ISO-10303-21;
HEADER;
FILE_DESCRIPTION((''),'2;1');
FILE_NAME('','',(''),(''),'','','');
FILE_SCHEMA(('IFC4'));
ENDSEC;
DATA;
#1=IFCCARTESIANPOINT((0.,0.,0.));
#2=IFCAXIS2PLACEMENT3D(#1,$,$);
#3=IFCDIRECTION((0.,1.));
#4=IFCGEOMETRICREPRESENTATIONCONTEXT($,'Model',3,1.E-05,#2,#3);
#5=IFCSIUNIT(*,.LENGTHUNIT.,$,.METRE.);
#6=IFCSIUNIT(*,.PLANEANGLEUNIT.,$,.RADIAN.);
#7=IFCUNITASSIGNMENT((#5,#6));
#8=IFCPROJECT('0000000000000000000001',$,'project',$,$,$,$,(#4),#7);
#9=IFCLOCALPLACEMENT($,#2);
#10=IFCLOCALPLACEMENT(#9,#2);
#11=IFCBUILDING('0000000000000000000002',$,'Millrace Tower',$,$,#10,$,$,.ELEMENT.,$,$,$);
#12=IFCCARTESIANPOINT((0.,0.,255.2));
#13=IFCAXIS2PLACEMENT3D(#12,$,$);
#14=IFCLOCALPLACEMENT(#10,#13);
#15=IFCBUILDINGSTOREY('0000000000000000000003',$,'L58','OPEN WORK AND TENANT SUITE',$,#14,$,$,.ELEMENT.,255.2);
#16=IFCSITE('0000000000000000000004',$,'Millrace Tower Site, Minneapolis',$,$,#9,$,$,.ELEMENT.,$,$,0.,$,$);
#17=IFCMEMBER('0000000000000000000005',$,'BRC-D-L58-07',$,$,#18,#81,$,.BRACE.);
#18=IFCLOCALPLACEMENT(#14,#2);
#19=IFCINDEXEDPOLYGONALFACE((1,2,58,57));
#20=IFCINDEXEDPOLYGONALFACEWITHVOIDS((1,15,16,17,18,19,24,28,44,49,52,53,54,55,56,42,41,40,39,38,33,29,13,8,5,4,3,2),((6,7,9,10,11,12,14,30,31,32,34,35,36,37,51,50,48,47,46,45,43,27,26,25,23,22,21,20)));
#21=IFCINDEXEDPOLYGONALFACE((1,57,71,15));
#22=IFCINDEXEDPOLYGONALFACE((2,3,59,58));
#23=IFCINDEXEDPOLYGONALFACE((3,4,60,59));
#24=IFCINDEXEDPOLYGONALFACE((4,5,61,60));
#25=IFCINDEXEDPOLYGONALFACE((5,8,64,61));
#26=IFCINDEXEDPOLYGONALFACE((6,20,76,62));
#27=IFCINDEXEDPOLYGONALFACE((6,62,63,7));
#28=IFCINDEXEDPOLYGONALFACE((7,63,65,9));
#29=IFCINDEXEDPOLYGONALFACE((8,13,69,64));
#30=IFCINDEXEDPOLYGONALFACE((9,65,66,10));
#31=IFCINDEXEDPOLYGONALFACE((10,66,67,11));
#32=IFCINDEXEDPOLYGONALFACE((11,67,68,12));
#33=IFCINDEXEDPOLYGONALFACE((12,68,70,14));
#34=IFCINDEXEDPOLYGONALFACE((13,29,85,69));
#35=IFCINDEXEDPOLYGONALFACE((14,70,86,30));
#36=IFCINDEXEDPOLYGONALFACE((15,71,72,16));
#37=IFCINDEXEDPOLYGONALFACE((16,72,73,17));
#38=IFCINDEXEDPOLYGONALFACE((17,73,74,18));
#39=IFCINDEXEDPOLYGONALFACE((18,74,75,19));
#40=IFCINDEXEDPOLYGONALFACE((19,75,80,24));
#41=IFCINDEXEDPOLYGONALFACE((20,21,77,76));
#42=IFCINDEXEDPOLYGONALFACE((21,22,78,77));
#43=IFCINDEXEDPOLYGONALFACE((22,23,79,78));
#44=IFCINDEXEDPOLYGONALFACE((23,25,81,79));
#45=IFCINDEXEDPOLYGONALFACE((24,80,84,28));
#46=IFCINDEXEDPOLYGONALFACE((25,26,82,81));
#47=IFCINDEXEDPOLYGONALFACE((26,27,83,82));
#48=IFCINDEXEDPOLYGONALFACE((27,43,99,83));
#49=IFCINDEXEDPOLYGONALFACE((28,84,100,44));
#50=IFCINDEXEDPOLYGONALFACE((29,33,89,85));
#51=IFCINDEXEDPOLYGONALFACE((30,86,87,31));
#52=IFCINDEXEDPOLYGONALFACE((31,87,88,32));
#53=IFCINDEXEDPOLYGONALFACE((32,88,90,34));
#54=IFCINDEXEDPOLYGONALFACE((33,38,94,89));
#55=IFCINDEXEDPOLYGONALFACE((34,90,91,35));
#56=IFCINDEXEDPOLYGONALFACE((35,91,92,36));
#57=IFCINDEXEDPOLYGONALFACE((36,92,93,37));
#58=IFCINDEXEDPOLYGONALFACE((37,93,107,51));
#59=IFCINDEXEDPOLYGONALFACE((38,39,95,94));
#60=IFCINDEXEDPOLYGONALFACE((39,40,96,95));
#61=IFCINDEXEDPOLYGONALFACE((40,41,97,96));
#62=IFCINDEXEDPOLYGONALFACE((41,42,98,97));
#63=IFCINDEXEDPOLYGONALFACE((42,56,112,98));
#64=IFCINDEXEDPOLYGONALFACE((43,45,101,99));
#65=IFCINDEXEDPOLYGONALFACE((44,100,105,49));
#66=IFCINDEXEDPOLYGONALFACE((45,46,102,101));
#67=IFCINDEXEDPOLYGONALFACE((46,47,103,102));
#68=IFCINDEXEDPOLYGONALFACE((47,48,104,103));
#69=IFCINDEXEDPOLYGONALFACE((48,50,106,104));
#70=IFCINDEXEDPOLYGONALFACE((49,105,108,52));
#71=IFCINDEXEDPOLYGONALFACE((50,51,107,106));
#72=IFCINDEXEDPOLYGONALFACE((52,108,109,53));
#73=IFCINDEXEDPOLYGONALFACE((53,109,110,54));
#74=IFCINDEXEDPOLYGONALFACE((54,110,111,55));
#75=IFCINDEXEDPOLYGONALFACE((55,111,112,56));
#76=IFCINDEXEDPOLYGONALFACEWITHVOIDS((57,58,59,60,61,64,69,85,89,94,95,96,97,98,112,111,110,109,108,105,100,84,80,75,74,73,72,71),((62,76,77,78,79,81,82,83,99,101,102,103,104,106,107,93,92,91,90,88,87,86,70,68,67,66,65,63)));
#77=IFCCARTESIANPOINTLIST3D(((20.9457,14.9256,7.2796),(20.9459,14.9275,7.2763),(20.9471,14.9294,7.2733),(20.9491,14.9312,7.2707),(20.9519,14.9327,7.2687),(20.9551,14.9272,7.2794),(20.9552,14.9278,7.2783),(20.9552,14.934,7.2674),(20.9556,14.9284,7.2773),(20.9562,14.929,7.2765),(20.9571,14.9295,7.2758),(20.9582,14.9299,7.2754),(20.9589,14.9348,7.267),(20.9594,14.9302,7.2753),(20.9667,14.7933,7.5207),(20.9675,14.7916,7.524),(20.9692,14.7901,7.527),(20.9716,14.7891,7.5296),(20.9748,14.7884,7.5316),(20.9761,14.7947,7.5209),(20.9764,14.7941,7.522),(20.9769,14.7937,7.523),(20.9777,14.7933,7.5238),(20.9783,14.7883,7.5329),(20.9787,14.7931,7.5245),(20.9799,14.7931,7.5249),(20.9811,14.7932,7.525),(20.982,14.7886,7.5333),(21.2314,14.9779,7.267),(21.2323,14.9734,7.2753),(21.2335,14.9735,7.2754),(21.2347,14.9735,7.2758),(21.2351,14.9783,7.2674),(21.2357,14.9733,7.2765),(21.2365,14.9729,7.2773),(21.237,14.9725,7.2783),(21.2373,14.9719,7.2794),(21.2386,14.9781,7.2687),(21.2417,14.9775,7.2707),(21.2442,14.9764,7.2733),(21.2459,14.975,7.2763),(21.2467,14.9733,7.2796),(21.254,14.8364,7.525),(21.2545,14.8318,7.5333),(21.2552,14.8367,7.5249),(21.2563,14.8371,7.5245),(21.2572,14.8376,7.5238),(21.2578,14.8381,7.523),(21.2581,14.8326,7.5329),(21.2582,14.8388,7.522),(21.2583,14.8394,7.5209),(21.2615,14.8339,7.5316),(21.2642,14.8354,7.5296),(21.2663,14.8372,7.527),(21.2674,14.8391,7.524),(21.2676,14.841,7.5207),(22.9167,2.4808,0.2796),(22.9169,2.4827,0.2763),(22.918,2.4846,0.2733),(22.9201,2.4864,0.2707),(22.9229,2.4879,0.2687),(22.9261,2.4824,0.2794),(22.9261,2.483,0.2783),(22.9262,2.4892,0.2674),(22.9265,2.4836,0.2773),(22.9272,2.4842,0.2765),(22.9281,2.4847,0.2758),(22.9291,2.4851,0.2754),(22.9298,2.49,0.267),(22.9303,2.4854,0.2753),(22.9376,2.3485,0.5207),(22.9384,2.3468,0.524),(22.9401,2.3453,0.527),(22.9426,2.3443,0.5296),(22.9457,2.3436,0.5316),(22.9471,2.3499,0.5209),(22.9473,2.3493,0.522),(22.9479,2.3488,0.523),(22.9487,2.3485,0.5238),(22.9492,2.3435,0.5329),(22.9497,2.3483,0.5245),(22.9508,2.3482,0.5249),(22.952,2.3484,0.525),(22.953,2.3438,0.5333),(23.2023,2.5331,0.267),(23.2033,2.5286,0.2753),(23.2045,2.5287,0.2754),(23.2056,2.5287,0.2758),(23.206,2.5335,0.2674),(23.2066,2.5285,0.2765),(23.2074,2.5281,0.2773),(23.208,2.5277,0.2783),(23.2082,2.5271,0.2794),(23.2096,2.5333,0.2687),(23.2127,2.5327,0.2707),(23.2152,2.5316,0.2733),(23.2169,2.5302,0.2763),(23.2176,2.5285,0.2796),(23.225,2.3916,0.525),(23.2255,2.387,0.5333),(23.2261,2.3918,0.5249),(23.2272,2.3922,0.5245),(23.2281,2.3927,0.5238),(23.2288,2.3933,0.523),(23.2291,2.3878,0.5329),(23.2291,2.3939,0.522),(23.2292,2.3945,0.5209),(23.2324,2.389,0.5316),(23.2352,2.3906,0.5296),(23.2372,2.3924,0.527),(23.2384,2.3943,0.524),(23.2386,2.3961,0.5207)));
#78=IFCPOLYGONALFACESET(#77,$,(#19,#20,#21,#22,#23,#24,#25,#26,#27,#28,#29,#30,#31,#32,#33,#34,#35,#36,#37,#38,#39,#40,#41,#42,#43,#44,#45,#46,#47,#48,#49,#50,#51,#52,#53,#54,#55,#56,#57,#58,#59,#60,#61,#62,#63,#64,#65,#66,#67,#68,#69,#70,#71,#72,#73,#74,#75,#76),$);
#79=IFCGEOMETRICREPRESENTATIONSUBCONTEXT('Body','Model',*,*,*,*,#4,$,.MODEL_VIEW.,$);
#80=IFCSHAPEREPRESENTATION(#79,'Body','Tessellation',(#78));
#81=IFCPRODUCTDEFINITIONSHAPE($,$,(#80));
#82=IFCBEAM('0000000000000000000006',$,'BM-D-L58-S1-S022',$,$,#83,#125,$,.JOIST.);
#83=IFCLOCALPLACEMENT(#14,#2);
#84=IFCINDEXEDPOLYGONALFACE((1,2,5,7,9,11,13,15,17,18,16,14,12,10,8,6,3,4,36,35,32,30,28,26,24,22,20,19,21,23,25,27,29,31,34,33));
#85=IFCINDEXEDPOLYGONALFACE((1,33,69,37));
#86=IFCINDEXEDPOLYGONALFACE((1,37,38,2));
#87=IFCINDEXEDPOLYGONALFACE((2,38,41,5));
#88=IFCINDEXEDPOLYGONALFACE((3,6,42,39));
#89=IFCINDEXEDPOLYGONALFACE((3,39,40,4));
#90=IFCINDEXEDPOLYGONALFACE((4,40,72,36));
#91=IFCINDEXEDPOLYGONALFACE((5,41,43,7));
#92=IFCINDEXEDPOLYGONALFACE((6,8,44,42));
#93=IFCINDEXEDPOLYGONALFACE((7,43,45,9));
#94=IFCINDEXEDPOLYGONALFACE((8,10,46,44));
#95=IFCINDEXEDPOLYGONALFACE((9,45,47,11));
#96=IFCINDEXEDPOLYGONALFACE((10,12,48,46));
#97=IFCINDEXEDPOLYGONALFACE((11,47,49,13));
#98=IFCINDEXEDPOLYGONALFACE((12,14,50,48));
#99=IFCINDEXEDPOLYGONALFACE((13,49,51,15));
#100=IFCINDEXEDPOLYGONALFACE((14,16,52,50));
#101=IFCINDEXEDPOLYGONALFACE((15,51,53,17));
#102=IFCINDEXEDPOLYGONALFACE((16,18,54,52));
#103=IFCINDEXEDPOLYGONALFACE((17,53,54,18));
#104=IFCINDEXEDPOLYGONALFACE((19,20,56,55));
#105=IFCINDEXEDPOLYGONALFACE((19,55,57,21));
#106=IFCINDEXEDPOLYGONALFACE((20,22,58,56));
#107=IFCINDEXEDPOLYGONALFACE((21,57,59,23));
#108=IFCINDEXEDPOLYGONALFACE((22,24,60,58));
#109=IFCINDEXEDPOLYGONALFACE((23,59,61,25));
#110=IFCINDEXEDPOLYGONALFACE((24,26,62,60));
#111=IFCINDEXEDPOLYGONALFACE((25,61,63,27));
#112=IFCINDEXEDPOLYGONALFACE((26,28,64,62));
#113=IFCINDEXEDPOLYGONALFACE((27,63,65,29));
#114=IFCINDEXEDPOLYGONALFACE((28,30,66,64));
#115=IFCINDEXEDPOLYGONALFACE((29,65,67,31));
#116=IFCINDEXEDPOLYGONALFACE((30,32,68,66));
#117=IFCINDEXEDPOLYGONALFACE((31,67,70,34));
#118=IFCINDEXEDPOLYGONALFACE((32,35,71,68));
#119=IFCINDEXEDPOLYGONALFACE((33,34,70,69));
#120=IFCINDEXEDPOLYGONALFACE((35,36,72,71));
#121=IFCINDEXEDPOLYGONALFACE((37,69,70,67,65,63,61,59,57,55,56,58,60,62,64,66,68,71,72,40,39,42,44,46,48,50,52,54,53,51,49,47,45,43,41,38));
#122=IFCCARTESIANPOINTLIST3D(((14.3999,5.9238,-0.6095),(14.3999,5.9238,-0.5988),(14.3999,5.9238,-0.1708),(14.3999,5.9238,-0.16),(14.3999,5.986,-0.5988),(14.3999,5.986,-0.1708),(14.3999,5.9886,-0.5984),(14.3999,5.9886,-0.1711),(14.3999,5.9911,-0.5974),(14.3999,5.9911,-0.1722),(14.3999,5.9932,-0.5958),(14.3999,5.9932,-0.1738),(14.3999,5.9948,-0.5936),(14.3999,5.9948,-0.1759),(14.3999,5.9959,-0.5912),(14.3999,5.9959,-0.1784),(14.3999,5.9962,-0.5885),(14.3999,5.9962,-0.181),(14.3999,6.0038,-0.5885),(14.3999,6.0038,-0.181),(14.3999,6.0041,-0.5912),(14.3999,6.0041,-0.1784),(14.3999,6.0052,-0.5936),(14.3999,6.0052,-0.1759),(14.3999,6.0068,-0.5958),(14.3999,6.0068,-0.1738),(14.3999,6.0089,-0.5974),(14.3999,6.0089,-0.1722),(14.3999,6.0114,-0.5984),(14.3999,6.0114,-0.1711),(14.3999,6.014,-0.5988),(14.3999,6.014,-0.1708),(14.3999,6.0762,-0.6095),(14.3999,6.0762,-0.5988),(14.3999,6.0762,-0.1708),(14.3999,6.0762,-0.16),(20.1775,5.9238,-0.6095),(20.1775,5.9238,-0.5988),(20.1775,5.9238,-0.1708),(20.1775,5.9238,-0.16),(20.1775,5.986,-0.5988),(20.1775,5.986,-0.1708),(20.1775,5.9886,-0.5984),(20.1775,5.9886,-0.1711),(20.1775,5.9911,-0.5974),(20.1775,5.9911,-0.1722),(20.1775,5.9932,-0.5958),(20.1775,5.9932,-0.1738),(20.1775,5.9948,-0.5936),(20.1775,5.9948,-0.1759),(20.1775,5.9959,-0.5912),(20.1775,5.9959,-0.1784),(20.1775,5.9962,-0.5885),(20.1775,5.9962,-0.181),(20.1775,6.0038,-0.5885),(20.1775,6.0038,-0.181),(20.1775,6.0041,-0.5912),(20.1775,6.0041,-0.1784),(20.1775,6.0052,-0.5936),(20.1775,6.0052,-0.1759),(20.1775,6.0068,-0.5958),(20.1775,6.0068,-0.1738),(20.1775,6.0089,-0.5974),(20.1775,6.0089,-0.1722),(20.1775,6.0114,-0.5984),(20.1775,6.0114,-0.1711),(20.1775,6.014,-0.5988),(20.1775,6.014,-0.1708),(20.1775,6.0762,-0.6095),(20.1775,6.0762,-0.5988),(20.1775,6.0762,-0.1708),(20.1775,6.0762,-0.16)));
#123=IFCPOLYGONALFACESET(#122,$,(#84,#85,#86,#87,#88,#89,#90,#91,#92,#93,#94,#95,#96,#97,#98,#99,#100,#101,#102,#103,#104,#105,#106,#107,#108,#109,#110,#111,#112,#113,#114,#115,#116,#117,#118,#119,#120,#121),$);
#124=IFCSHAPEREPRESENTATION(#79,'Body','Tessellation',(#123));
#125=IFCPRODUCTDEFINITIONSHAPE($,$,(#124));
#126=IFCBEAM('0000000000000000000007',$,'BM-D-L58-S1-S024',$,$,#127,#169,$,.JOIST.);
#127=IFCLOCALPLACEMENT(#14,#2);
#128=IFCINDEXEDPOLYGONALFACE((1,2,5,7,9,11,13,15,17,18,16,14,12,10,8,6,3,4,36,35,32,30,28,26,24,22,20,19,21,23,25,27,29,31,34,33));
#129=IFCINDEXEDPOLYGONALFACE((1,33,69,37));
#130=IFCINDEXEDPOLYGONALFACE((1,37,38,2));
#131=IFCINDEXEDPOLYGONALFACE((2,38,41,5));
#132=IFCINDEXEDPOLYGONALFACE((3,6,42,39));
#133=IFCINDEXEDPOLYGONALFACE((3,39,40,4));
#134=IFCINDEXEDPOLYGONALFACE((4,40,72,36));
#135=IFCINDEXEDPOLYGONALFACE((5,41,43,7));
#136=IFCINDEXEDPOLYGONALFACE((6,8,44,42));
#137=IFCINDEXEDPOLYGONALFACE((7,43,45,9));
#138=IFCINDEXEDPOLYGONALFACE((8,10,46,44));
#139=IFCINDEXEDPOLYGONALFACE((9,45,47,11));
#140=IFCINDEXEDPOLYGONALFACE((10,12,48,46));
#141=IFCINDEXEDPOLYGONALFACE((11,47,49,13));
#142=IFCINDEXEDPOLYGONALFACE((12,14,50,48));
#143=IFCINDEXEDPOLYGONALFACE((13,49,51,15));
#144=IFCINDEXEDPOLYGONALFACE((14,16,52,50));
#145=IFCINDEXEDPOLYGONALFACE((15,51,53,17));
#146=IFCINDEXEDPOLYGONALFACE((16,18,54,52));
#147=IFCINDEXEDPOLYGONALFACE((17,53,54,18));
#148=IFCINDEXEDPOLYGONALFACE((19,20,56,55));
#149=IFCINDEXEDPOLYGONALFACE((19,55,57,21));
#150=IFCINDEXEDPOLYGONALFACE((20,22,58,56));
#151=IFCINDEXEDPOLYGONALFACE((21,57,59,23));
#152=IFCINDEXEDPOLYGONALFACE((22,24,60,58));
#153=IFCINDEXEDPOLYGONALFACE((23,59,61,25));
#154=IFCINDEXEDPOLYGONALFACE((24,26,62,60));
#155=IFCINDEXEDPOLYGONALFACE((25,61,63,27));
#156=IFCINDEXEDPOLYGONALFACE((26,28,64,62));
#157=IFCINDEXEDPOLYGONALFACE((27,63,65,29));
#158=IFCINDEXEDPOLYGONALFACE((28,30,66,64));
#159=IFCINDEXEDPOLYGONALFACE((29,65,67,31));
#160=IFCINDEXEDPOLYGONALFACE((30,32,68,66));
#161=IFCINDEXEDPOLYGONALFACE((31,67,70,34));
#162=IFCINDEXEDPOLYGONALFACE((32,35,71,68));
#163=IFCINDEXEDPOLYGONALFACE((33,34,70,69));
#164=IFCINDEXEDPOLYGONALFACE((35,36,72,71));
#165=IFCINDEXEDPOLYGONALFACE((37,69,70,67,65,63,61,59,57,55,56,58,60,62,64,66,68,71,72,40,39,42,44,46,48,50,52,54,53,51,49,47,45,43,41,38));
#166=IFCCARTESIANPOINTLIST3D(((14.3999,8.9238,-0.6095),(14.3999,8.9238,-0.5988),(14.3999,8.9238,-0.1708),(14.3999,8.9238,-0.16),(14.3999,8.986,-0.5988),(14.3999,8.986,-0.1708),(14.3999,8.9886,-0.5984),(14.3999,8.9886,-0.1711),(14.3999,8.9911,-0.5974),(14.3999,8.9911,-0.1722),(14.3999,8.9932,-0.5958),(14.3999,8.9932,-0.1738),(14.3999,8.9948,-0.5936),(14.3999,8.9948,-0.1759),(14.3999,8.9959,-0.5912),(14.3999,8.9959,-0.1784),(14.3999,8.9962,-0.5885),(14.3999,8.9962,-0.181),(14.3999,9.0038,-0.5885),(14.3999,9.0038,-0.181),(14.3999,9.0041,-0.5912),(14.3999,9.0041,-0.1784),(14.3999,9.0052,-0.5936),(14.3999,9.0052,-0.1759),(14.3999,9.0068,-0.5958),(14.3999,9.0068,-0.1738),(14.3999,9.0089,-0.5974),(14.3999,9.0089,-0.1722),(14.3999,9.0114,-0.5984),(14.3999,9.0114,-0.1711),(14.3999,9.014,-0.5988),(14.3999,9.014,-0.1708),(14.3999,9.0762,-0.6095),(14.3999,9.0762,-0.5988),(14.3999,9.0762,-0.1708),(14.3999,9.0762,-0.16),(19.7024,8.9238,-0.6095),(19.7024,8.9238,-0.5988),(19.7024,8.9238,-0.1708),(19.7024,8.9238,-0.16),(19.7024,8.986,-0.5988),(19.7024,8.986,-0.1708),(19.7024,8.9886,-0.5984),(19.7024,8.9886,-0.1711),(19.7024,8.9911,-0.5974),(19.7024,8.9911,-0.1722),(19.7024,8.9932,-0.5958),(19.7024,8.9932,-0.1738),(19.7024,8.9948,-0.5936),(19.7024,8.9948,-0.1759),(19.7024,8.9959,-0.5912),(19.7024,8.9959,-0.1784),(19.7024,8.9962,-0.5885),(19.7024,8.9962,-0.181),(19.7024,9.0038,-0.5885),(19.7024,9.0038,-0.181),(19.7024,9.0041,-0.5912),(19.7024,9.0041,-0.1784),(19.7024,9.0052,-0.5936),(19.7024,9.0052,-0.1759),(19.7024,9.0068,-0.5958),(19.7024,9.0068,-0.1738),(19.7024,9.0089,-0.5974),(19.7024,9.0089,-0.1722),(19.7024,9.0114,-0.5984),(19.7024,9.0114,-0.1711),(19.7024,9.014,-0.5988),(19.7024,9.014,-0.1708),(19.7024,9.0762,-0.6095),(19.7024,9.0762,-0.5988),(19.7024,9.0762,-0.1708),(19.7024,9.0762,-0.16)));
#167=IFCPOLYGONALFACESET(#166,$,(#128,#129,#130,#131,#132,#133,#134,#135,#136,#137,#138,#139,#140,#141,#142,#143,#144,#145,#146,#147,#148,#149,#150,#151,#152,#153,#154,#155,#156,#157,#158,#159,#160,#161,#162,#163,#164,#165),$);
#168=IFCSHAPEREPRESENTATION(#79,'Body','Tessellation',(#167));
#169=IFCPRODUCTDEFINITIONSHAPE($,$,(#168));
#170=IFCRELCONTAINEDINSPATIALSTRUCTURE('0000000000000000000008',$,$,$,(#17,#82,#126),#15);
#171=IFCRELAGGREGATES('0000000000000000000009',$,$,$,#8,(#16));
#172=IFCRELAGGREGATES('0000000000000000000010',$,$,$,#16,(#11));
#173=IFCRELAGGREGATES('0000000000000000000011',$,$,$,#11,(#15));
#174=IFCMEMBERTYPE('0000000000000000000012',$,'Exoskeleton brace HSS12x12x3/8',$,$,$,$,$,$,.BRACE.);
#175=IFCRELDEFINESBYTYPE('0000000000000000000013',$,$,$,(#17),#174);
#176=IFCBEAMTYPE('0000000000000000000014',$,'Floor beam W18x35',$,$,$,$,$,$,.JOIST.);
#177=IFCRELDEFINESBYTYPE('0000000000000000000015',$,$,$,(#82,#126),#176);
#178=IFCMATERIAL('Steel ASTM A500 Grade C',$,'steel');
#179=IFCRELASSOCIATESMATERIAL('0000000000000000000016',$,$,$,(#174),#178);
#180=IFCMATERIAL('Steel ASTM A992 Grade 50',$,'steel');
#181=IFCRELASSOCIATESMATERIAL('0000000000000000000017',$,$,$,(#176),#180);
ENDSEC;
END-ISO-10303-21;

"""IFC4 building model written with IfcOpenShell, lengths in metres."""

from ifc_helpers import new_model, si_unit, direction, frame, origin, origin_2d, place, context, subcontext, project, spatial, hollow_rectangle, i_section, extrude, material, material_profile, profile_set, type_object, element, save


model = new_model("IFC4")

# Units and contexts
model_context = context("Model", 3, precision=1e-05, world=origin(), true_north=direction((0.0, 1.0)))
body_context = subcontext(model_context, "Body", "Model", "MODEL_VIEW")
ifc_project = project(units=[si_unit("LENGTHUNIT", "METRE"), si_unit("PLANEANGLEUNIT", "RADIAN")], contexts=[model_context])

# Site, building, storey
site_placement = place(None, origin())
site = spatial("IfcSite", under=ifc_project, at=site_placement, Name="Millrace Tower Site, Minneapolis", CompositionType="ELEMENT", RefElevation=0.0)
building_placement = place(site_placement, origin())
building = spatial("IfcBuilding", under=site, at=building_placement, Name="Millrace Tower", CompositionType="ELEMENT")
storey_placement = place(building_placement, frame((0.0, 0.0, 255.2)))
storey = spatial("IfcBuildingStorey", under=building, at=storey_placement, Name="L58", Description="OPEN WORK AND TENANT SUITE", CompositionType="ELEMENT", Elevation=255.2)

# Member
ifc_material_1 = material(Name="Steel ASTM A500 Grade C", Category="steel")
ifc_material_profile_1 = material_profile(ifc_material_1, hollow_rectangle(XDim=0.3047, YDim=0.3047, WallThickness=0.0095, InnerFilletRadius=0.0046, OuterFilletRadius=0.0144, at=origin_2d()))
ifc_profile_set_1 = profile_set([ifc_material_profile_1], Name="Steel ASTM A500 Grade C")
member_type_1 = type_object("IfcMemberType", Name="Exoskeleton brace HSS12x12x3/8", PredefinedType="BRACE", material=ifc_profile_set_1)
member_1_placement = place(storey_placement, frame((23.0776, 2.4385, 0.4001), z_axis=(-0.13674, 0.863395, 0.485645), x_axis=(-0.98769, -0.156425, 0.0)))
element("IfcMember", 1, at=member_1_placement, inside=storey, type_object=member_type_1, Name="BRC-D-L58-07", PredefinedType="BRACE", context=body_context, shape_type="SweptSolid", body=[
    extrude(hollow_rectangle(XDim=0.3047, YDim=0.3047, WallThickness=0.0095, InnerFilletRadius=0.0046, OuterFilletRadius=0.0144, at=origin_2d()), origin(), (0.0, 0.0, 1.0), 14.4138),
])

# Beams
ifc_material_2 = material(Name="Steel ASTM A992 Grade 50", Category="steel")
ifc_material_profile_2 = material_profile(ifc_material_2, i_section(OverallWidth=0.1523, OverallDepth=0.4495, WebThickness=0.0076, FlangeThickness=0.0107, FilletRadius=0.0103, at=origin_2d()))
ifc_profile_set_2 = profile_set([ifc_material_profile_2], Name="Steel ASTM A992 Grade 50")
beam_type_1 = type_object("IfcBeamType", Name="Floor beam W18x35", PredefinedType="JOIST", material=ifc_profile_set_2)
beam_1_placement = place(storey_placement, frame((14.3999, 6.0, -0.3848), z_axis=(1.0, 0.0, 0.0), x_axis=(0.0, 1.0, 0.0)))
element("IfcBeam", 2, at=beam_1_placement, inside=storey, type_object=beam_type_1, Name="BM-D-L58-S1-S022", PredefinedType="JOIST", context=body_context, shape_type="SweptSolid", body=[
    extrude(i_section(OverallWidth=0.1523, OverallDepth=0.4495, WebThickness=0.0076, FlangeThickness=0.0107, FilletRadius=0.0103, at=origin_2d()), origin(), (0.0, 0.0, 1.0), 5.7776),
])
beam_2_placement = place(storey_placement, frame((14.3999, 9.0, -0.3848), z_axis=(1.0, 0.0, 0.0), x_axis=(0.0, 1.0, 0.0)))
element("IfcBeam", 3, at=beam_2_placement, inside=storey, type_object=beam_type_1, Name="BM-D-L58-S1-S024", PredefinedType="JOIST", context=body_context, shape_type="SweptSolid", body=[
    extrude(i_section(OverallWidth=0.1523, OverallDepth=0.4495, WebThickness=0.0076, FlangeThickness=0.0107, FilletRadius=0.0103, at=origin_2d()), origin(), (0.0, 0.0, 1.0), 5.3025),
])

save(model, "model.ifc")
